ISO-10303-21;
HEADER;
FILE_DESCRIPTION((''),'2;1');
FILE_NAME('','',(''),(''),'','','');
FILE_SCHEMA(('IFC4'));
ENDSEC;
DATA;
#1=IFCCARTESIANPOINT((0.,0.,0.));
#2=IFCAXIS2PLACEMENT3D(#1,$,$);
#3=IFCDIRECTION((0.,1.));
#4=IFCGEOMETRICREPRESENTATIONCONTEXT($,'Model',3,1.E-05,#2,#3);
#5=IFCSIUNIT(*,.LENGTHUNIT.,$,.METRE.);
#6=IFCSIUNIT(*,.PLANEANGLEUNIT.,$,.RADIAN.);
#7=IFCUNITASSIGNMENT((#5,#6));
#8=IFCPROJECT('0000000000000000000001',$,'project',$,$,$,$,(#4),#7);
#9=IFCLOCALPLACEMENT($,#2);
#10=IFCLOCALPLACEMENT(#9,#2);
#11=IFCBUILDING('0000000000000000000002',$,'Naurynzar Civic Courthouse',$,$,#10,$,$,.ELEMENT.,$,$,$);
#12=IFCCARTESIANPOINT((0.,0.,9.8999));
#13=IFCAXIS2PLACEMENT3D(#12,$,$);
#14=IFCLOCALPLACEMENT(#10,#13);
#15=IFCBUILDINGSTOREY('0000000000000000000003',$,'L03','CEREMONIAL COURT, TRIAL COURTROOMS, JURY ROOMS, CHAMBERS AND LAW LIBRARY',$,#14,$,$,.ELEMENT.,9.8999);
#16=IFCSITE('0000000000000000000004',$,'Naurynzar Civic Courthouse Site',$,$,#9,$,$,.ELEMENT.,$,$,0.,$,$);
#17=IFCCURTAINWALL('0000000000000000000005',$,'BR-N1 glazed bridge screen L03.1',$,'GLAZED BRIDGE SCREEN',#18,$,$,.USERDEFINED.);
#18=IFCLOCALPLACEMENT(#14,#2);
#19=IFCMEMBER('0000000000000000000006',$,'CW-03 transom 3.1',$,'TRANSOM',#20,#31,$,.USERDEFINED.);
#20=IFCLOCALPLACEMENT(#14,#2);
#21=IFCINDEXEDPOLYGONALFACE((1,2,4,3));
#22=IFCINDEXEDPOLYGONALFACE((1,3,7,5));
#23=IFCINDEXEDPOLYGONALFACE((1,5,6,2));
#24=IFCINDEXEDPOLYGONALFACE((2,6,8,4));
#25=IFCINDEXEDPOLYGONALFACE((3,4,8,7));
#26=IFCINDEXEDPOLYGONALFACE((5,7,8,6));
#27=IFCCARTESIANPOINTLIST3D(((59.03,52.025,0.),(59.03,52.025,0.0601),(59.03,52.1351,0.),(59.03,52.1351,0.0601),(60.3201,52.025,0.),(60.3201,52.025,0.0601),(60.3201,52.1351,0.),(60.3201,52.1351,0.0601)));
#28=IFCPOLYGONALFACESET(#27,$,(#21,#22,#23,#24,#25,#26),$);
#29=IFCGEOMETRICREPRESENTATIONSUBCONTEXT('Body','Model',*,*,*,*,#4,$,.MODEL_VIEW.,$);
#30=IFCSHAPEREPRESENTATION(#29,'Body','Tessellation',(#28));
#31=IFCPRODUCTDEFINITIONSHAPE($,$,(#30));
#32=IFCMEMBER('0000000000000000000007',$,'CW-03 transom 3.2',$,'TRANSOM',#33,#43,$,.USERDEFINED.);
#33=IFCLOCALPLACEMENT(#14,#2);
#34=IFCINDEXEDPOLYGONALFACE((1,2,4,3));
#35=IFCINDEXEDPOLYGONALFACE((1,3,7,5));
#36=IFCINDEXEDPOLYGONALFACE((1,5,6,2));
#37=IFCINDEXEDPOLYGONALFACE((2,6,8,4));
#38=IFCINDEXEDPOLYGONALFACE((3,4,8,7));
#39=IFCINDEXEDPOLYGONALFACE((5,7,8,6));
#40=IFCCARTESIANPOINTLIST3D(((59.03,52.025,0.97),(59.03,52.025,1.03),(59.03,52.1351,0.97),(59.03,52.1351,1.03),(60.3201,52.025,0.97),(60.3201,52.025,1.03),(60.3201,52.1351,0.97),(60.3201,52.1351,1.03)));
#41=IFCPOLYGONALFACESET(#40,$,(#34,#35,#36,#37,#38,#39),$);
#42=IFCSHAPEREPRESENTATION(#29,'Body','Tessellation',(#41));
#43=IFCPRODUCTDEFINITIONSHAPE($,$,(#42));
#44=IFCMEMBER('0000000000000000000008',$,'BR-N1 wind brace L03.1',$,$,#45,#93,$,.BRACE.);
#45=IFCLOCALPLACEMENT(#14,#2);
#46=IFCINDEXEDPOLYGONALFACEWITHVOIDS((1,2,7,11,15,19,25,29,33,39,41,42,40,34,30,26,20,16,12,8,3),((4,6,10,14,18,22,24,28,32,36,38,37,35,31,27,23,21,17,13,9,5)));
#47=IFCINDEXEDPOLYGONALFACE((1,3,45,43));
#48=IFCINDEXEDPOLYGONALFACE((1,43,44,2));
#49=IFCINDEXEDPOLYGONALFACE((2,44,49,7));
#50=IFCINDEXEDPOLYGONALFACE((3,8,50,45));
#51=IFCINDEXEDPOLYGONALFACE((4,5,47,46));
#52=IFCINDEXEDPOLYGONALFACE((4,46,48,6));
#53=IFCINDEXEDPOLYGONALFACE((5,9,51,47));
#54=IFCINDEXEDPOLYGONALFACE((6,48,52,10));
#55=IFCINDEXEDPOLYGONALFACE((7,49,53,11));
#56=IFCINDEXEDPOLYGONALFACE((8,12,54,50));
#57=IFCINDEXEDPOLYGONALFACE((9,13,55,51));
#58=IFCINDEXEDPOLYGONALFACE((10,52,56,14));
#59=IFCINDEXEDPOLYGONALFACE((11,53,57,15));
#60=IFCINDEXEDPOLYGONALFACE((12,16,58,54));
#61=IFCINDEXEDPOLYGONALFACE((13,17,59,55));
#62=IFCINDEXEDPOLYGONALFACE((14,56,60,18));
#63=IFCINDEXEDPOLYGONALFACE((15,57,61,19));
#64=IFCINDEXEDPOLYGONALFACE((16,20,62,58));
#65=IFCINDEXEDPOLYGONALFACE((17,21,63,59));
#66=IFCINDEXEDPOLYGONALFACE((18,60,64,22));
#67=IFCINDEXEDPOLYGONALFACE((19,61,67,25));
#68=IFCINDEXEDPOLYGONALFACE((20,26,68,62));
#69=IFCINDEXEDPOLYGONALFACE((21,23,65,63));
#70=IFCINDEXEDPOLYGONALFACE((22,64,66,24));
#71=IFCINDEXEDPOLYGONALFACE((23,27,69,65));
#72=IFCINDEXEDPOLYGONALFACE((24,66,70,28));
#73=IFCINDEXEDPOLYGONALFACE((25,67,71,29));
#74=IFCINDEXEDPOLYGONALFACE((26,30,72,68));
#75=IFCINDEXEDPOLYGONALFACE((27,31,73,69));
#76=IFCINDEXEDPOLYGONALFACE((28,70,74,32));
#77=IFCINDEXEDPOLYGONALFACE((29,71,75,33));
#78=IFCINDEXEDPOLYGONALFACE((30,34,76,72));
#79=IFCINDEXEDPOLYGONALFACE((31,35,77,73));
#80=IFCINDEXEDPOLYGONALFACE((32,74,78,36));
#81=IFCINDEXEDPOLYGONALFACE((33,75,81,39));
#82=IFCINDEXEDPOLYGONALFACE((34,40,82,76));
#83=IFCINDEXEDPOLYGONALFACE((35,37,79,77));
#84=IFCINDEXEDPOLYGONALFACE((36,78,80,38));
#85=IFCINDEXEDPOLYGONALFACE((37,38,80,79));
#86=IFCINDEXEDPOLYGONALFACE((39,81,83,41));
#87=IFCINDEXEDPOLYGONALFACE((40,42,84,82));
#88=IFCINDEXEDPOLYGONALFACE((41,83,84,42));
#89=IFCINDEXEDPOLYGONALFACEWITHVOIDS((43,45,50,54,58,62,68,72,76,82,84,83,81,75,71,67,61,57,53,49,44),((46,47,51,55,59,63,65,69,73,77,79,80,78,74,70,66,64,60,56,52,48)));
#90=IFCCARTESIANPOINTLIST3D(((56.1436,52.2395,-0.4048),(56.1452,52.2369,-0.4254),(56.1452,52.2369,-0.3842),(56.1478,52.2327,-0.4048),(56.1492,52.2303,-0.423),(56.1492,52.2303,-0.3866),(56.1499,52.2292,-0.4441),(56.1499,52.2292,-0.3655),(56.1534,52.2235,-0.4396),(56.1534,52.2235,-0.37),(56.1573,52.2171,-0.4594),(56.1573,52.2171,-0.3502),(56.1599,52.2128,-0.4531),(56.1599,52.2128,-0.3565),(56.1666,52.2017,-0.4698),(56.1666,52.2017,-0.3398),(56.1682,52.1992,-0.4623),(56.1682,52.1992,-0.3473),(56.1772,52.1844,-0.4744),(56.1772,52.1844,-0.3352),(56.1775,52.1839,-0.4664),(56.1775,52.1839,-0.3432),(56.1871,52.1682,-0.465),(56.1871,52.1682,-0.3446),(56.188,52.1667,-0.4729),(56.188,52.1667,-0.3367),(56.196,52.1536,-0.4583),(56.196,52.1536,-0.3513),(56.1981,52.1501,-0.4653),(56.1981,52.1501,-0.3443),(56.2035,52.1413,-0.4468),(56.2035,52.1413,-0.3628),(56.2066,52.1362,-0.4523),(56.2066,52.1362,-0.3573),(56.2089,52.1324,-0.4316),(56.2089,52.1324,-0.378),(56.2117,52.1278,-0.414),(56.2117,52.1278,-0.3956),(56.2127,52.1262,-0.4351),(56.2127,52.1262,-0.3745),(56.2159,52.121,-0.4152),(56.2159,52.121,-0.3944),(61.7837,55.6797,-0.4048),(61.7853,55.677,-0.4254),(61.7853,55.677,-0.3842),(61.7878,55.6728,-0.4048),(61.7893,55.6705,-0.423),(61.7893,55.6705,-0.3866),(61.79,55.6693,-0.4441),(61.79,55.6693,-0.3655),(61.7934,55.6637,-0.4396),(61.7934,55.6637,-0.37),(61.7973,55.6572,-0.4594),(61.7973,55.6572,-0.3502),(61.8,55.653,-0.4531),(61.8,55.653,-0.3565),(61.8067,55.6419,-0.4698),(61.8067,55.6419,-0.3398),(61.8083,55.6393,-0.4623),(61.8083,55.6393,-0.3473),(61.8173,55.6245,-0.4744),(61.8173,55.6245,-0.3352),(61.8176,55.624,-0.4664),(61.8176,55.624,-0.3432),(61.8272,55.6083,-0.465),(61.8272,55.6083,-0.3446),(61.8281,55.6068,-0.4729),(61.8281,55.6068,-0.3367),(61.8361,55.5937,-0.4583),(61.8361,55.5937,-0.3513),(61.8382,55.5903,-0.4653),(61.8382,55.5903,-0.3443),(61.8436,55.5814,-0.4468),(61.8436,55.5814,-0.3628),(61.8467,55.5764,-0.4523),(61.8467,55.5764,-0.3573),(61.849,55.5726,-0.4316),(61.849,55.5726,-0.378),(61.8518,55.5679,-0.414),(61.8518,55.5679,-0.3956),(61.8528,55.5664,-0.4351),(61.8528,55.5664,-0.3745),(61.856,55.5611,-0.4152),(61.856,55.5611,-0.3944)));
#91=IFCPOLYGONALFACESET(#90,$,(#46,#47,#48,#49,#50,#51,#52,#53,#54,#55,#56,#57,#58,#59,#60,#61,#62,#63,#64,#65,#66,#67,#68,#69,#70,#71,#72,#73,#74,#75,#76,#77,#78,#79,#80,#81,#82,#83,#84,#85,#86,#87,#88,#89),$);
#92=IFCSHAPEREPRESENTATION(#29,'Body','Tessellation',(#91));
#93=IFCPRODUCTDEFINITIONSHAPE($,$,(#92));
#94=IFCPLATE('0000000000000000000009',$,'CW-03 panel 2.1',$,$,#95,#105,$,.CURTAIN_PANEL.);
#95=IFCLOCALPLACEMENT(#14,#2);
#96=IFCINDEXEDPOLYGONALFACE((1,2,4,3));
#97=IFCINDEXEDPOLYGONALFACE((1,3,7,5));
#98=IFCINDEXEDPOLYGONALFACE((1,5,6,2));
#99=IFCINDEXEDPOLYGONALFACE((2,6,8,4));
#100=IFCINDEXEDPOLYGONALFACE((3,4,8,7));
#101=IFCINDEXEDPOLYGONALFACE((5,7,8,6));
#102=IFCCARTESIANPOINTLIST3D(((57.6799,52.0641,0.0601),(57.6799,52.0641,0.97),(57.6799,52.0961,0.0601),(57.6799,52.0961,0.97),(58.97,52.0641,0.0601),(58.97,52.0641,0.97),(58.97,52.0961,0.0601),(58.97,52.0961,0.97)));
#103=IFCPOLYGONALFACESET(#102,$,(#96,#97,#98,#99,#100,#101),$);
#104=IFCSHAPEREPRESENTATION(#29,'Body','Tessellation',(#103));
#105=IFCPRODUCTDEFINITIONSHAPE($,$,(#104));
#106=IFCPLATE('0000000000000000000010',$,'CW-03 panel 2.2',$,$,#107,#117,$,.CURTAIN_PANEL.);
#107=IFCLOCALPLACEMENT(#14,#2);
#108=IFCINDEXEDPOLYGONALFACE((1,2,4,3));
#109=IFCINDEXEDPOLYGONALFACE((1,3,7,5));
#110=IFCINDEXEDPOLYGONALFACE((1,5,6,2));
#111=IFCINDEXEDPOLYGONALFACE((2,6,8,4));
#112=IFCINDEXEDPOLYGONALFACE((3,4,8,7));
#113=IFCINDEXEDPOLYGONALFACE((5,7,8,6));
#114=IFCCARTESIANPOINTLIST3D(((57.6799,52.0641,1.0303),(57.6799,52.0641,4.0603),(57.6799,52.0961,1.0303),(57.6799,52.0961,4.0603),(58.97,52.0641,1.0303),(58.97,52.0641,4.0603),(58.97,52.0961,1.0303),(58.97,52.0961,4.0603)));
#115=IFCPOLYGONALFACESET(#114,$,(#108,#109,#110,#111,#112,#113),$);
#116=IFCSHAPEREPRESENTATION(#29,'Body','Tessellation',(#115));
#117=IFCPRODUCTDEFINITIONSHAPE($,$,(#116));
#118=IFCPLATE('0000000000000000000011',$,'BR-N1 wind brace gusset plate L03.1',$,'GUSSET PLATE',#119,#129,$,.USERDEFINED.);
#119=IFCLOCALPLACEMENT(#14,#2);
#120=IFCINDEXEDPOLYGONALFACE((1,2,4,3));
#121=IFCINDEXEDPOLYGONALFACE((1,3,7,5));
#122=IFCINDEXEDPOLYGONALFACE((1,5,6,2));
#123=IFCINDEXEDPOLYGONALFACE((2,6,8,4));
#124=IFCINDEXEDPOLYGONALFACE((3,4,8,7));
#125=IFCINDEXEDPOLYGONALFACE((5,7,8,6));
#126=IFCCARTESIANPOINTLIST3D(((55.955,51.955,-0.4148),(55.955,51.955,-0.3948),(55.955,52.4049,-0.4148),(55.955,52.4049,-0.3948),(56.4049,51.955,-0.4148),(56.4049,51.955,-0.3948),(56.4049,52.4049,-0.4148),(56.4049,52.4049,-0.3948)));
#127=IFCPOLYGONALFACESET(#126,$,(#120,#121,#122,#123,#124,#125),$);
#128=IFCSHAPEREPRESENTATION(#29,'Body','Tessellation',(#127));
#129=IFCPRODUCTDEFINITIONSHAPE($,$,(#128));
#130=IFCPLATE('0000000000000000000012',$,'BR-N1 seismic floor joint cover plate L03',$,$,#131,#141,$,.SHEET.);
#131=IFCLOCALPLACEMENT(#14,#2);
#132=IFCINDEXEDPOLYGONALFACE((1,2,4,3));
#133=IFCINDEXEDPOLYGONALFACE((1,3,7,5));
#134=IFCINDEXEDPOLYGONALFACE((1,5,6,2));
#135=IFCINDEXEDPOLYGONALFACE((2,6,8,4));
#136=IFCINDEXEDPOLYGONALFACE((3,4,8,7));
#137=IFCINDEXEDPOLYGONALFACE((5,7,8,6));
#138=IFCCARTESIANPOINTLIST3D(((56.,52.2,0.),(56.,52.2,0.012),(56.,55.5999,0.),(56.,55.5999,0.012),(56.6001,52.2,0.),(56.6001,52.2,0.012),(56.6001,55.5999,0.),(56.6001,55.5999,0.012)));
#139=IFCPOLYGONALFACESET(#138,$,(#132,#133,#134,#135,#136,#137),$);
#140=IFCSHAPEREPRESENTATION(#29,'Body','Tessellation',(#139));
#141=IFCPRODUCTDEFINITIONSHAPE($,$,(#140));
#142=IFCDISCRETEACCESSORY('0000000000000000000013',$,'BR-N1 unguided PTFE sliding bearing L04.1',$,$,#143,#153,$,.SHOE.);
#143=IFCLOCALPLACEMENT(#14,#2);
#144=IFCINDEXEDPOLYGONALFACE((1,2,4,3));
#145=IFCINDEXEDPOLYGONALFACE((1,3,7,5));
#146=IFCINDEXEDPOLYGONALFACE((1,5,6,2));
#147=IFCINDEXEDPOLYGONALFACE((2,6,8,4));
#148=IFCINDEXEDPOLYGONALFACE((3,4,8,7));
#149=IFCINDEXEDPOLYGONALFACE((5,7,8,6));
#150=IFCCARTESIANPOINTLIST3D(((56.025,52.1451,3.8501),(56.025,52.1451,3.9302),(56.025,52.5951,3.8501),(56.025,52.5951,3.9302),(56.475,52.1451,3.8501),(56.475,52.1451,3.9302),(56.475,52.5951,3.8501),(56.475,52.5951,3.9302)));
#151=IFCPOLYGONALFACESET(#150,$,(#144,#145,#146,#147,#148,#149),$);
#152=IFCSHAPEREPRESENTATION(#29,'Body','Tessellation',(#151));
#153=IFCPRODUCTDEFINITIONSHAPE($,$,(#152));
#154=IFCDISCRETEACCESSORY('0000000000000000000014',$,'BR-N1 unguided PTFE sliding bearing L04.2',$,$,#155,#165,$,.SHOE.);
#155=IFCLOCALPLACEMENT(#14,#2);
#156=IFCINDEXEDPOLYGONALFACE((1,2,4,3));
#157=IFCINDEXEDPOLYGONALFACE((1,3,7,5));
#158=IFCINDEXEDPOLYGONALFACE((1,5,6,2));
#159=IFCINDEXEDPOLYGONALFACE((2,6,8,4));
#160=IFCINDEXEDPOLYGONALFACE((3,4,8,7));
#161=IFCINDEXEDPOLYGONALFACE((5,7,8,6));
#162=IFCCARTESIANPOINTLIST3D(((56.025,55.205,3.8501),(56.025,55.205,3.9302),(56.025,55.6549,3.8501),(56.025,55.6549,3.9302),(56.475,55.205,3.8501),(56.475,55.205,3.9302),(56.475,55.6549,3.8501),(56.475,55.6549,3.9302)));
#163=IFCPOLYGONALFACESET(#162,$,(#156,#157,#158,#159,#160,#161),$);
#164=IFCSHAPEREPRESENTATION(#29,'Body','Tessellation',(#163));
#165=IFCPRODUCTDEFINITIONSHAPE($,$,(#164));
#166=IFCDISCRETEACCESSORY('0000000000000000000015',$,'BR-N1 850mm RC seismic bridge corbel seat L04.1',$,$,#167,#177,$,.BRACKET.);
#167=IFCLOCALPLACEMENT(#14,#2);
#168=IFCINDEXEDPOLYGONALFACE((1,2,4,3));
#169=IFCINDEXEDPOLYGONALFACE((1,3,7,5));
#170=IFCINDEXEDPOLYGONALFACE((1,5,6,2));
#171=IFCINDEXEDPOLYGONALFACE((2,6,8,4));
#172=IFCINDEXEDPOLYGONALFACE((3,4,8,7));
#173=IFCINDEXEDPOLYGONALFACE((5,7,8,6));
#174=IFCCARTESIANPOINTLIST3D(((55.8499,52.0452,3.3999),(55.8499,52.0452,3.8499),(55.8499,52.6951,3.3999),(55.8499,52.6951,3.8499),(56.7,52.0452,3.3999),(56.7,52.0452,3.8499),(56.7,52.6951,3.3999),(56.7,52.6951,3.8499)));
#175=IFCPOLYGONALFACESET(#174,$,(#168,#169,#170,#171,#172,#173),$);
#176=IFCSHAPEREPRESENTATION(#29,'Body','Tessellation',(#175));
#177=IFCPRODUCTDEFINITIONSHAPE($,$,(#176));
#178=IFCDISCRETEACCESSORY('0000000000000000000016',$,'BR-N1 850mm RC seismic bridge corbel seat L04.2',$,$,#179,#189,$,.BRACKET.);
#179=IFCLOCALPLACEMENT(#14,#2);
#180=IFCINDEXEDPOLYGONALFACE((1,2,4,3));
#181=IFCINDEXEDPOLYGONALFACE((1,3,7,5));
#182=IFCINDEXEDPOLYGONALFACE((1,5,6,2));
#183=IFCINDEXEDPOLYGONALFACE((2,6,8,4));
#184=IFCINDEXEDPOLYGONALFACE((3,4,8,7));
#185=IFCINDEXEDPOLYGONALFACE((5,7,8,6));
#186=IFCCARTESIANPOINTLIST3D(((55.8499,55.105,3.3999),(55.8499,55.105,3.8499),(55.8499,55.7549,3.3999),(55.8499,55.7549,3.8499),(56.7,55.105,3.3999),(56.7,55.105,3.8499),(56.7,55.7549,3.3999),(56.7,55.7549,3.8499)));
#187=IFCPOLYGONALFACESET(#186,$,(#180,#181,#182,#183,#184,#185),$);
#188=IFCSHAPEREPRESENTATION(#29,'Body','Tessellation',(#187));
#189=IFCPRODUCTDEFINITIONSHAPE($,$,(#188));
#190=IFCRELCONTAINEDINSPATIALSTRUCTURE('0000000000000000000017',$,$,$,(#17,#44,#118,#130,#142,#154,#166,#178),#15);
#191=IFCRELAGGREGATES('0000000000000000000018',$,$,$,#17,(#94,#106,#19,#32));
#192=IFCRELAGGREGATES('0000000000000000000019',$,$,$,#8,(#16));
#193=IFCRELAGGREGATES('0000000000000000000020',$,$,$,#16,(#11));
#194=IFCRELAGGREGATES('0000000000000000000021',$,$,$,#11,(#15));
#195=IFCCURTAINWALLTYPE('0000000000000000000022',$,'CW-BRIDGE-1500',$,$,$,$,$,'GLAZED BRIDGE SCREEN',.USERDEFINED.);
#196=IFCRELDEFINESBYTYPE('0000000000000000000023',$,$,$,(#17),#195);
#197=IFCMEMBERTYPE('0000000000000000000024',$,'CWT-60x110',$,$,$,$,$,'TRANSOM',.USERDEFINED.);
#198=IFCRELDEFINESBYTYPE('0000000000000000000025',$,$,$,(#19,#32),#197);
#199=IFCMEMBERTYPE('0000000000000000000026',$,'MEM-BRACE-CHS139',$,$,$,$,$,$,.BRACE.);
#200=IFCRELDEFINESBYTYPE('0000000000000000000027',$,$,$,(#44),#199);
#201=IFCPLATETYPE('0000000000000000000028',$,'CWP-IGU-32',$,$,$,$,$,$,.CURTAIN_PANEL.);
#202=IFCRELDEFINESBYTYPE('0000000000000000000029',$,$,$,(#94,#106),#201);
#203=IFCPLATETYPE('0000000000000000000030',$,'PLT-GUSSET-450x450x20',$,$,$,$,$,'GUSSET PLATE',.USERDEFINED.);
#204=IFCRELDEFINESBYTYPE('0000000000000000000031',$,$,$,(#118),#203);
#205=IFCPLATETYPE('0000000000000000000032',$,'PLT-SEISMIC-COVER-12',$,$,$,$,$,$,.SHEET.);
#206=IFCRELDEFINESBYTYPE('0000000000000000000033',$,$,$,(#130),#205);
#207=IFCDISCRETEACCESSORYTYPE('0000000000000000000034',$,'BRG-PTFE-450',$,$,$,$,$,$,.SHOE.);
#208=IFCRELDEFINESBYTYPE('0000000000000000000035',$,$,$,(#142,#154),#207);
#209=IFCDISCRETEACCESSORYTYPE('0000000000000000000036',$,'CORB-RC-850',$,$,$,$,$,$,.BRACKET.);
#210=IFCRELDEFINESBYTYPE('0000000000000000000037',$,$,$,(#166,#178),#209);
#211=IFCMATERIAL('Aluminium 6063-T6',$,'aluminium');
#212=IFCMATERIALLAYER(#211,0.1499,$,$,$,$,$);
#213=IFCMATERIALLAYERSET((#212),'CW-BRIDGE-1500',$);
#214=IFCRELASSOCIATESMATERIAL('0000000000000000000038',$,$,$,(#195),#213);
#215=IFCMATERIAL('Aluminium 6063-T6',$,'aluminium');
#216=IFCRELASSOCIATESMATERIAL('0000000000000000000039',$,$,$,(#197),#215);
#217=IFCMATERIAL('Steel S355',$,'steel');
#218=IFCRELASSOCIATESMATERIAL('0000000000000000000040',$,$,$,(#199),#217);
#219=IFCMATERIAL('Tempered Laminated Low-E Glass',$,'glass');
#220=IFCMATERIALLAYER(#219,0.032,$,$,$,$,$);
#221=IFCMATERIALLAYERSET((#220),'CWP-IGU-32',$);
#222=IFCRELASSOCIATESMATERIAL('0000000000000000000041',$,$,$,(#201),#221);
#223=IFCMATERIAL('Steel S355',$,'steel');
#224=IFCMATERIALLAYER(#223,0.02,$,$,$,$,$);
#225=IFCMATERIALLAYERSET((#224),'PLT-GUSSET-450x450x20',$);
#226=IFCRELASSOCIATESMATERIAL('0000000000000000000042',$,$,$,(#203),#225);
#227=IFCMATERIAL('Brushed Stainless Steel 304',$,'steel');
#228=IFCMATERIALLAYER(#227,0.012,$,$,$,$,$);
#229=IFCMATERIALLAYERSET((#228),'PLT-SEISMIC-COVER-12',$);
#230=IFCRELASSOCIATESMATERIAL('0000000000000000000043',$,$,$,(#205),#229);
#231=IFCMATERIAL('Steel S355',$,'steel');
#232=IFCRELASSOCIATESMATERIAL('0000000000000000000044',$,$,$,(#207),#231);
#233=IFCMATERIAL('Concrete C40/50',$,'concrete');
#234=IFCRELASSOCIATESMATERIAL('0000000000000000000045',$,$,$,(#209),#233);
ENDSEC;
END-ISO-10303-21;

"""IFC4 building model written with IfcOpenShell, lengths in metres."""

from ifc_helpers import new_model, si_unit, direction, frame, origin, origin_2d, place, context, subcontext, project, spatial, rectangle, hollow_circle, extrude, material, layer, layer_set, material_profile, profile_set, type_object, element, aggregate, save


model = new_model("IFC4")

# Units and contexts
model_context = context("Model", 3, precision=1e-05, world=origin(), true_north=direction((0.0, 1.0)))
body_context = subcontext(model_context, "Body", "Model", "MODEL_VIEW")
ifc_project = project(units=[si_unit("LENGTHUNIT", "METRE"), si_unit("PLANEANGLEUNIT", "RADIAN")], contexts=[model_context])

# Site, building, storey
site_placement = place(None, origin())
site = spatial("IfcSite", under=ifc_project, at=site_placement, Name="Naurynzar Civic Courthouse Site", CompositionType="ELEMENT", RefElevation=0.0)
building_placement = place(site_placement, origin())
building = spatial("IfcBuilding", under=site, at=building_placement, Name="Naurynzar Civic Courthouse", CompositionType="ELEMENT")
storey_placement = place(building_placement, frame((0.0, 0.0, 9.8999)))
storey = spatial("IfcBuildingStorey", under=building, at=storey_placement, Name="L03", Description="CEREMONIAL COURT, TRIAL COURTROOMS, JURY ROOMS, CHAMBERS AND LAW LIBRARY", CompositionType="ELEMENT", Elevation=9.8999)

# Curtain wall, members
ifc_material_1 = material(Name="Aluminium 6063-T6", Category="aluminium")
ifc_layer_1 = layer(ifc_material_1, 0.1499)
ifc_layer_set_1 = layer_set([ifc_layer_1], Name="CW-BRIDGE-1500")
curtain_wall_type = type_object("IfcCurtainWallType", Name="CW-BRIDGE-1500", ElementType="GLAZED BRIDGE SCREEN", PredefinedType="USERDEFINED", material=ifc_layer_set_1)
curtain_wall_placement = place(storey_placement, origin())
curtain_wall = element("IfcCurtainWall", 1, at=curtain_wall_placement, inside=storey, type_object=curtain_wall_type, Name="BR-N1 glazed bridge screen L03.1", ObjectType="GLAZED BRIDGE SCREEN", PredefinedType="USERDEFINED")
ifc_material_2 = material(Name="Aluminium 6063-T6", Category="aluminium")
ifc_material_profile_1 = material_profile(ifc_material_2, rectangle(XDim=0.1101, YDim=0.0601, at=origin_2d()), Name="ALU TRANSOM 60x110")
ifc_profile_set_1 = profile_set([ifc_material_profile_1], Name="Aluminium 6063-T6")
member_type_1 = type_object("IfcMemberType", Name="CWT-60x110", ElementType="TRANSOM", PredefinedType="USERDEFINED", material=ifc_profile_set_1)
member_1_placement = place(storey_placement, frame((59.03, 52.0801, 0.03), z_axis=(1.0, 0.0, 0.0), x_axis=(0.0, 1.0, 0.0)))
member_1 = element("IfcMember", 2, at=member_1_placement, type_object=member_type_1, Name="CW-03 transom 3.1", ObjectType="TRANSOM", PredefinedType="USERDEFINED", context=body_context, shape_type="SweptSolid", body=[
    extrude(rectangle(XDim=0.1101, YDim=0.0601, at=origin_2d()), origin(), (0.0, 0.0, 1.0), 1.29),
])
member_2_placement = place(storey_placement, frame((59.03, 52.0801, 1.0), z_axis=(1.0, 0.0, 0.0), x_axis=(0.0, 1.0, 0.0)))
member_2 = element("IfcMember", 3, at=member_2_placement, type_object=member_type_1, Name="CW-03 transom 3.2", ObjectType="TRANSOM", PredefinedType="USERDEFINED", context=body_context, shape_type="SweptSolid", body=[
    extrude(rectangle(XDim=0.1101, YDim=0.0601, at=origin_2d()), origin(), (0.0, 0.0, 1.0), 1.29),
])

# Member
ifc_material_3 = material(Name="Steel S355", Category="steel")
ifc_material_profile_2 = material_profile(ifc_material_3, hollow_circle(Radius=0.0698, WallThickness=0.0081, at=origin_2d()), Name="CHS 139.7x8")
ifc_profile_set_2 = profile_set([ifc_material_profile_2], Name="Steel S355")
member_type_2 = type_object("IfcMemberType", Name="MEM-BRACE-CHS139", PredefinedType="BRACE", material=ifc_profile_set_2)
member_3_placement = place(storey_placement, frame((56.1799, 52.1799, -0.4048), z_axis=(0.853724, 0.520726, 0.0), x_axis=(-0.520726, 0.853724, 0.0)))
element("IfcMember", 4, at=member_3_placement, inside=storey, type_object=member_type_2, Name="BR-N1 wind brace L03.1", PredefinedType="BRACE", context=body_context, shape_type="SweptSolid", body=[
    extrude(hollow_circle(Radius=0.0698, WallThickness=0.0081, at=origin_2d()), origin(), (0.0, 0.0, 1.0), 6.6064),
])

# Plates
ifc_material_4 = material(Name="Tempered Laminated Low-E Glass", Category="glass")
ifc_layer_2 = layer(ifc_material_4, 0.032)
ifc_layer_set_2 = layer_set([ifc_layer_2], Name="CWP-IGU-32")
plate_type_1 = type_object("IfcPlateType", Name="CWP-IGU-32", PredefinedType="CURTAIN_PANEL", material=ifc_layer_set_2)
plate_1_placement = place(storey_placement, frame((58.325, 52.0801, 0.0601), z_axis=(0.0, 0.0, 1.0), x_axis=(1.0, 0.0, 0.0)))
plate_1 = element("IfcPlate", 5, at=plate_1_placement, type_object=plate_type_1, Name="CW-03 panel 2.1", PredefinedType="CURTAIN_PANEL", context=body_context, shape_type="SweptSolid", body=[
    extrude(rectangle(XDim=1.29, YDim=0.032, at=origin_2d()), origin(), (0.0, 0.0, 1.0), 0.9099),
])
plate_2_placement = place(storey_placement, frame((58.325, 52.0801, 1.0303), z_axis=(0.0, 0.0, 1.0), x_axis=(1.0, 0.0, 0.0)))
plate_2 = element("IfcPlate", 6, at=plate_2_placement, type_object=plate_type_1, Name="CW-03 panel 2.2", PredefinedType="CURTAIN_PANEL", context=body_context, shape_type="SweptSolid", body=[
    extrude(rectangle(XDim=1.29, YDim=0.032, at=origin_2d()), origin(), (0.0, 0.0, 1.0), 3.03),
])
aggregate(curtain_wall, [plate_1, plate_2, member_1, member_2])

# Plates
ifc_material_5 = material(Name="Steel S355", Category="steel")
ifc_layer_3 = layer(ifc_material_5, 0.02)
ifc_layer_set_3 = layer_set([ifc_layer_3], Name="PLT-GUSSET-450x450x20")
plate_type_2 = type_object("IfcPlateType", Name="PLT-GUSSET-450x450x20", ElementType="GUSSET PLATE", PredefinedType="USERDEFINED", material=ifc_layer_set_3)
plate_3_placement = place(storey_placement, frame((56.1799, 52.1799, -0.4148), z_axis=(0.0, 0.0, 1.0), x_axis=(1.0, 0.0, 0.0)))
element("IfcPlate", 7, at=plate_3_placement, inside=storey, type_object=plate_type_2, Name="BR-N1 wind brace gusset plate L03.1", ObjectType="GUSSET PLATE", PredefinedType="USERDEFINED", context=body_context, shape_type="SweptSolid", body=[
    extrude(rectangle(XDim=0.45, YDim=0.45, at=origin_2d()), origin(), (0.0, 0.0, 1.0), 0.02),
])
ifc_material_6 = material(Name="Brushed Stainless Steel 304", Category="steel")
ifc_layer_4 = layer(ifc_material_6, 0.012)
ifc_layer_set_4 = layer_set([ifc_layer_4], Name="PLT-SEISMIC-COVER-12")
plate_type_3 = type_object("IfcPlateType", Name="PLT-SEISMIC-COVER-12", PredefinedType="SHEET", material=ifc_layer_set_4)
plate_4_placement = place(storey_placement, frame((56.3, 53.8999, 0.0), z_axis=(0.0, 0.0, 1.0), x_axis=(1.0, 0.0, 0.0)))
element("IfcPlate", 8, at=plate_4_placement, inside=storey, type_object=plate_type_3, Name="BR-N1 seismic floor joint cover plate L03", PredefinedType="SHEET", context=body_context, shape_type="SweptSolid", body=[
    extrude(rectangle(XDim=0.6001, YDim=3.3999, at=origin_2d()), origin(), (0.0, 0.0, 1.0), 0.012),
])

# Discrete accessories
ifc_material_7 = material(Name="Steel S355", Category="steel")
discrete_accessory_type_1 = type_object("IfcDiscreteAccessoryType", Name="BRG-PTFE-450", PredefinedType="SHOE", material=ifc_material_7)
for number, where, z_axis, x_axis, name in (
    (9, (56.25, 52.3701, 3.8501), (0.0, 0.0, 1.0), (1.0, 0.0, 0.0), "BR-N1 unguided PTFE sliding bearing L04.1"),
    (10, (56.25, 55.4299, 3.8501), (0.0, 0.0, 1.0), (1.0, 0.0, 0.0), "BR-N1 unguided PTFE sliding bearing L04.2"),
):
    element("IfcDiscreteAccessory", number, at=place(storey_placement, frame(where, z_axis=z_axis, x_axis=x_axis)), inside=storey, type_object=discrete_accessory_type_1, Name=name, PredefinedType="SHOE", context=body_context, shape_type="SweptSolid", body=[
        extrude(rectangle(XDim=0.45, YDim=0.45, at=origin_2d()), origin(), (0.0, 0.0, 1.0), 0.0801),
    ])
ifc_material_8 = material(Name="Concrete C40/50", Category="concrete")
discrete_accessory_type_2 = type_object("IfcDiscreteAccessoryType", Name="CORB-RC-850", PredefinedType="BRACKET", material=ifc_material_8)
for number, where, z_axis, x_axis, name in (
    (11, (56.2749, 52.3701, 3.3999), (0.0, 0.0, 1.0), (1.0, 0.0, 0.0), "BR-N1 850mm RC seismic bridge corbel seat L04.1"),
    (12, (56.2749, 55.4299, 3.3999), (0.0, 0.0, 1.0), (1.0, 0.0, 0.0), "BR-N1 850mm RC seismic bridge corbel seat L04.2"),
):
    element("IfcDiscreteAccessory", number, at=place(storey_placement, frame(where, z_axis=z_axis, x_axis=x_axis)), inside=storey, type_object=discrete_accessory_type_2, Name=name, PredefinedType="BRACKET", context=body_context, shape_type="SweptSolid", body=[
        extrude(rectangle(XDim=0.8501, YDim=0.6499, at=origin_2d()), origin(), (0.0, 0.0, 1.0), 0.45),
    ])

save(model, "model.ifc")
